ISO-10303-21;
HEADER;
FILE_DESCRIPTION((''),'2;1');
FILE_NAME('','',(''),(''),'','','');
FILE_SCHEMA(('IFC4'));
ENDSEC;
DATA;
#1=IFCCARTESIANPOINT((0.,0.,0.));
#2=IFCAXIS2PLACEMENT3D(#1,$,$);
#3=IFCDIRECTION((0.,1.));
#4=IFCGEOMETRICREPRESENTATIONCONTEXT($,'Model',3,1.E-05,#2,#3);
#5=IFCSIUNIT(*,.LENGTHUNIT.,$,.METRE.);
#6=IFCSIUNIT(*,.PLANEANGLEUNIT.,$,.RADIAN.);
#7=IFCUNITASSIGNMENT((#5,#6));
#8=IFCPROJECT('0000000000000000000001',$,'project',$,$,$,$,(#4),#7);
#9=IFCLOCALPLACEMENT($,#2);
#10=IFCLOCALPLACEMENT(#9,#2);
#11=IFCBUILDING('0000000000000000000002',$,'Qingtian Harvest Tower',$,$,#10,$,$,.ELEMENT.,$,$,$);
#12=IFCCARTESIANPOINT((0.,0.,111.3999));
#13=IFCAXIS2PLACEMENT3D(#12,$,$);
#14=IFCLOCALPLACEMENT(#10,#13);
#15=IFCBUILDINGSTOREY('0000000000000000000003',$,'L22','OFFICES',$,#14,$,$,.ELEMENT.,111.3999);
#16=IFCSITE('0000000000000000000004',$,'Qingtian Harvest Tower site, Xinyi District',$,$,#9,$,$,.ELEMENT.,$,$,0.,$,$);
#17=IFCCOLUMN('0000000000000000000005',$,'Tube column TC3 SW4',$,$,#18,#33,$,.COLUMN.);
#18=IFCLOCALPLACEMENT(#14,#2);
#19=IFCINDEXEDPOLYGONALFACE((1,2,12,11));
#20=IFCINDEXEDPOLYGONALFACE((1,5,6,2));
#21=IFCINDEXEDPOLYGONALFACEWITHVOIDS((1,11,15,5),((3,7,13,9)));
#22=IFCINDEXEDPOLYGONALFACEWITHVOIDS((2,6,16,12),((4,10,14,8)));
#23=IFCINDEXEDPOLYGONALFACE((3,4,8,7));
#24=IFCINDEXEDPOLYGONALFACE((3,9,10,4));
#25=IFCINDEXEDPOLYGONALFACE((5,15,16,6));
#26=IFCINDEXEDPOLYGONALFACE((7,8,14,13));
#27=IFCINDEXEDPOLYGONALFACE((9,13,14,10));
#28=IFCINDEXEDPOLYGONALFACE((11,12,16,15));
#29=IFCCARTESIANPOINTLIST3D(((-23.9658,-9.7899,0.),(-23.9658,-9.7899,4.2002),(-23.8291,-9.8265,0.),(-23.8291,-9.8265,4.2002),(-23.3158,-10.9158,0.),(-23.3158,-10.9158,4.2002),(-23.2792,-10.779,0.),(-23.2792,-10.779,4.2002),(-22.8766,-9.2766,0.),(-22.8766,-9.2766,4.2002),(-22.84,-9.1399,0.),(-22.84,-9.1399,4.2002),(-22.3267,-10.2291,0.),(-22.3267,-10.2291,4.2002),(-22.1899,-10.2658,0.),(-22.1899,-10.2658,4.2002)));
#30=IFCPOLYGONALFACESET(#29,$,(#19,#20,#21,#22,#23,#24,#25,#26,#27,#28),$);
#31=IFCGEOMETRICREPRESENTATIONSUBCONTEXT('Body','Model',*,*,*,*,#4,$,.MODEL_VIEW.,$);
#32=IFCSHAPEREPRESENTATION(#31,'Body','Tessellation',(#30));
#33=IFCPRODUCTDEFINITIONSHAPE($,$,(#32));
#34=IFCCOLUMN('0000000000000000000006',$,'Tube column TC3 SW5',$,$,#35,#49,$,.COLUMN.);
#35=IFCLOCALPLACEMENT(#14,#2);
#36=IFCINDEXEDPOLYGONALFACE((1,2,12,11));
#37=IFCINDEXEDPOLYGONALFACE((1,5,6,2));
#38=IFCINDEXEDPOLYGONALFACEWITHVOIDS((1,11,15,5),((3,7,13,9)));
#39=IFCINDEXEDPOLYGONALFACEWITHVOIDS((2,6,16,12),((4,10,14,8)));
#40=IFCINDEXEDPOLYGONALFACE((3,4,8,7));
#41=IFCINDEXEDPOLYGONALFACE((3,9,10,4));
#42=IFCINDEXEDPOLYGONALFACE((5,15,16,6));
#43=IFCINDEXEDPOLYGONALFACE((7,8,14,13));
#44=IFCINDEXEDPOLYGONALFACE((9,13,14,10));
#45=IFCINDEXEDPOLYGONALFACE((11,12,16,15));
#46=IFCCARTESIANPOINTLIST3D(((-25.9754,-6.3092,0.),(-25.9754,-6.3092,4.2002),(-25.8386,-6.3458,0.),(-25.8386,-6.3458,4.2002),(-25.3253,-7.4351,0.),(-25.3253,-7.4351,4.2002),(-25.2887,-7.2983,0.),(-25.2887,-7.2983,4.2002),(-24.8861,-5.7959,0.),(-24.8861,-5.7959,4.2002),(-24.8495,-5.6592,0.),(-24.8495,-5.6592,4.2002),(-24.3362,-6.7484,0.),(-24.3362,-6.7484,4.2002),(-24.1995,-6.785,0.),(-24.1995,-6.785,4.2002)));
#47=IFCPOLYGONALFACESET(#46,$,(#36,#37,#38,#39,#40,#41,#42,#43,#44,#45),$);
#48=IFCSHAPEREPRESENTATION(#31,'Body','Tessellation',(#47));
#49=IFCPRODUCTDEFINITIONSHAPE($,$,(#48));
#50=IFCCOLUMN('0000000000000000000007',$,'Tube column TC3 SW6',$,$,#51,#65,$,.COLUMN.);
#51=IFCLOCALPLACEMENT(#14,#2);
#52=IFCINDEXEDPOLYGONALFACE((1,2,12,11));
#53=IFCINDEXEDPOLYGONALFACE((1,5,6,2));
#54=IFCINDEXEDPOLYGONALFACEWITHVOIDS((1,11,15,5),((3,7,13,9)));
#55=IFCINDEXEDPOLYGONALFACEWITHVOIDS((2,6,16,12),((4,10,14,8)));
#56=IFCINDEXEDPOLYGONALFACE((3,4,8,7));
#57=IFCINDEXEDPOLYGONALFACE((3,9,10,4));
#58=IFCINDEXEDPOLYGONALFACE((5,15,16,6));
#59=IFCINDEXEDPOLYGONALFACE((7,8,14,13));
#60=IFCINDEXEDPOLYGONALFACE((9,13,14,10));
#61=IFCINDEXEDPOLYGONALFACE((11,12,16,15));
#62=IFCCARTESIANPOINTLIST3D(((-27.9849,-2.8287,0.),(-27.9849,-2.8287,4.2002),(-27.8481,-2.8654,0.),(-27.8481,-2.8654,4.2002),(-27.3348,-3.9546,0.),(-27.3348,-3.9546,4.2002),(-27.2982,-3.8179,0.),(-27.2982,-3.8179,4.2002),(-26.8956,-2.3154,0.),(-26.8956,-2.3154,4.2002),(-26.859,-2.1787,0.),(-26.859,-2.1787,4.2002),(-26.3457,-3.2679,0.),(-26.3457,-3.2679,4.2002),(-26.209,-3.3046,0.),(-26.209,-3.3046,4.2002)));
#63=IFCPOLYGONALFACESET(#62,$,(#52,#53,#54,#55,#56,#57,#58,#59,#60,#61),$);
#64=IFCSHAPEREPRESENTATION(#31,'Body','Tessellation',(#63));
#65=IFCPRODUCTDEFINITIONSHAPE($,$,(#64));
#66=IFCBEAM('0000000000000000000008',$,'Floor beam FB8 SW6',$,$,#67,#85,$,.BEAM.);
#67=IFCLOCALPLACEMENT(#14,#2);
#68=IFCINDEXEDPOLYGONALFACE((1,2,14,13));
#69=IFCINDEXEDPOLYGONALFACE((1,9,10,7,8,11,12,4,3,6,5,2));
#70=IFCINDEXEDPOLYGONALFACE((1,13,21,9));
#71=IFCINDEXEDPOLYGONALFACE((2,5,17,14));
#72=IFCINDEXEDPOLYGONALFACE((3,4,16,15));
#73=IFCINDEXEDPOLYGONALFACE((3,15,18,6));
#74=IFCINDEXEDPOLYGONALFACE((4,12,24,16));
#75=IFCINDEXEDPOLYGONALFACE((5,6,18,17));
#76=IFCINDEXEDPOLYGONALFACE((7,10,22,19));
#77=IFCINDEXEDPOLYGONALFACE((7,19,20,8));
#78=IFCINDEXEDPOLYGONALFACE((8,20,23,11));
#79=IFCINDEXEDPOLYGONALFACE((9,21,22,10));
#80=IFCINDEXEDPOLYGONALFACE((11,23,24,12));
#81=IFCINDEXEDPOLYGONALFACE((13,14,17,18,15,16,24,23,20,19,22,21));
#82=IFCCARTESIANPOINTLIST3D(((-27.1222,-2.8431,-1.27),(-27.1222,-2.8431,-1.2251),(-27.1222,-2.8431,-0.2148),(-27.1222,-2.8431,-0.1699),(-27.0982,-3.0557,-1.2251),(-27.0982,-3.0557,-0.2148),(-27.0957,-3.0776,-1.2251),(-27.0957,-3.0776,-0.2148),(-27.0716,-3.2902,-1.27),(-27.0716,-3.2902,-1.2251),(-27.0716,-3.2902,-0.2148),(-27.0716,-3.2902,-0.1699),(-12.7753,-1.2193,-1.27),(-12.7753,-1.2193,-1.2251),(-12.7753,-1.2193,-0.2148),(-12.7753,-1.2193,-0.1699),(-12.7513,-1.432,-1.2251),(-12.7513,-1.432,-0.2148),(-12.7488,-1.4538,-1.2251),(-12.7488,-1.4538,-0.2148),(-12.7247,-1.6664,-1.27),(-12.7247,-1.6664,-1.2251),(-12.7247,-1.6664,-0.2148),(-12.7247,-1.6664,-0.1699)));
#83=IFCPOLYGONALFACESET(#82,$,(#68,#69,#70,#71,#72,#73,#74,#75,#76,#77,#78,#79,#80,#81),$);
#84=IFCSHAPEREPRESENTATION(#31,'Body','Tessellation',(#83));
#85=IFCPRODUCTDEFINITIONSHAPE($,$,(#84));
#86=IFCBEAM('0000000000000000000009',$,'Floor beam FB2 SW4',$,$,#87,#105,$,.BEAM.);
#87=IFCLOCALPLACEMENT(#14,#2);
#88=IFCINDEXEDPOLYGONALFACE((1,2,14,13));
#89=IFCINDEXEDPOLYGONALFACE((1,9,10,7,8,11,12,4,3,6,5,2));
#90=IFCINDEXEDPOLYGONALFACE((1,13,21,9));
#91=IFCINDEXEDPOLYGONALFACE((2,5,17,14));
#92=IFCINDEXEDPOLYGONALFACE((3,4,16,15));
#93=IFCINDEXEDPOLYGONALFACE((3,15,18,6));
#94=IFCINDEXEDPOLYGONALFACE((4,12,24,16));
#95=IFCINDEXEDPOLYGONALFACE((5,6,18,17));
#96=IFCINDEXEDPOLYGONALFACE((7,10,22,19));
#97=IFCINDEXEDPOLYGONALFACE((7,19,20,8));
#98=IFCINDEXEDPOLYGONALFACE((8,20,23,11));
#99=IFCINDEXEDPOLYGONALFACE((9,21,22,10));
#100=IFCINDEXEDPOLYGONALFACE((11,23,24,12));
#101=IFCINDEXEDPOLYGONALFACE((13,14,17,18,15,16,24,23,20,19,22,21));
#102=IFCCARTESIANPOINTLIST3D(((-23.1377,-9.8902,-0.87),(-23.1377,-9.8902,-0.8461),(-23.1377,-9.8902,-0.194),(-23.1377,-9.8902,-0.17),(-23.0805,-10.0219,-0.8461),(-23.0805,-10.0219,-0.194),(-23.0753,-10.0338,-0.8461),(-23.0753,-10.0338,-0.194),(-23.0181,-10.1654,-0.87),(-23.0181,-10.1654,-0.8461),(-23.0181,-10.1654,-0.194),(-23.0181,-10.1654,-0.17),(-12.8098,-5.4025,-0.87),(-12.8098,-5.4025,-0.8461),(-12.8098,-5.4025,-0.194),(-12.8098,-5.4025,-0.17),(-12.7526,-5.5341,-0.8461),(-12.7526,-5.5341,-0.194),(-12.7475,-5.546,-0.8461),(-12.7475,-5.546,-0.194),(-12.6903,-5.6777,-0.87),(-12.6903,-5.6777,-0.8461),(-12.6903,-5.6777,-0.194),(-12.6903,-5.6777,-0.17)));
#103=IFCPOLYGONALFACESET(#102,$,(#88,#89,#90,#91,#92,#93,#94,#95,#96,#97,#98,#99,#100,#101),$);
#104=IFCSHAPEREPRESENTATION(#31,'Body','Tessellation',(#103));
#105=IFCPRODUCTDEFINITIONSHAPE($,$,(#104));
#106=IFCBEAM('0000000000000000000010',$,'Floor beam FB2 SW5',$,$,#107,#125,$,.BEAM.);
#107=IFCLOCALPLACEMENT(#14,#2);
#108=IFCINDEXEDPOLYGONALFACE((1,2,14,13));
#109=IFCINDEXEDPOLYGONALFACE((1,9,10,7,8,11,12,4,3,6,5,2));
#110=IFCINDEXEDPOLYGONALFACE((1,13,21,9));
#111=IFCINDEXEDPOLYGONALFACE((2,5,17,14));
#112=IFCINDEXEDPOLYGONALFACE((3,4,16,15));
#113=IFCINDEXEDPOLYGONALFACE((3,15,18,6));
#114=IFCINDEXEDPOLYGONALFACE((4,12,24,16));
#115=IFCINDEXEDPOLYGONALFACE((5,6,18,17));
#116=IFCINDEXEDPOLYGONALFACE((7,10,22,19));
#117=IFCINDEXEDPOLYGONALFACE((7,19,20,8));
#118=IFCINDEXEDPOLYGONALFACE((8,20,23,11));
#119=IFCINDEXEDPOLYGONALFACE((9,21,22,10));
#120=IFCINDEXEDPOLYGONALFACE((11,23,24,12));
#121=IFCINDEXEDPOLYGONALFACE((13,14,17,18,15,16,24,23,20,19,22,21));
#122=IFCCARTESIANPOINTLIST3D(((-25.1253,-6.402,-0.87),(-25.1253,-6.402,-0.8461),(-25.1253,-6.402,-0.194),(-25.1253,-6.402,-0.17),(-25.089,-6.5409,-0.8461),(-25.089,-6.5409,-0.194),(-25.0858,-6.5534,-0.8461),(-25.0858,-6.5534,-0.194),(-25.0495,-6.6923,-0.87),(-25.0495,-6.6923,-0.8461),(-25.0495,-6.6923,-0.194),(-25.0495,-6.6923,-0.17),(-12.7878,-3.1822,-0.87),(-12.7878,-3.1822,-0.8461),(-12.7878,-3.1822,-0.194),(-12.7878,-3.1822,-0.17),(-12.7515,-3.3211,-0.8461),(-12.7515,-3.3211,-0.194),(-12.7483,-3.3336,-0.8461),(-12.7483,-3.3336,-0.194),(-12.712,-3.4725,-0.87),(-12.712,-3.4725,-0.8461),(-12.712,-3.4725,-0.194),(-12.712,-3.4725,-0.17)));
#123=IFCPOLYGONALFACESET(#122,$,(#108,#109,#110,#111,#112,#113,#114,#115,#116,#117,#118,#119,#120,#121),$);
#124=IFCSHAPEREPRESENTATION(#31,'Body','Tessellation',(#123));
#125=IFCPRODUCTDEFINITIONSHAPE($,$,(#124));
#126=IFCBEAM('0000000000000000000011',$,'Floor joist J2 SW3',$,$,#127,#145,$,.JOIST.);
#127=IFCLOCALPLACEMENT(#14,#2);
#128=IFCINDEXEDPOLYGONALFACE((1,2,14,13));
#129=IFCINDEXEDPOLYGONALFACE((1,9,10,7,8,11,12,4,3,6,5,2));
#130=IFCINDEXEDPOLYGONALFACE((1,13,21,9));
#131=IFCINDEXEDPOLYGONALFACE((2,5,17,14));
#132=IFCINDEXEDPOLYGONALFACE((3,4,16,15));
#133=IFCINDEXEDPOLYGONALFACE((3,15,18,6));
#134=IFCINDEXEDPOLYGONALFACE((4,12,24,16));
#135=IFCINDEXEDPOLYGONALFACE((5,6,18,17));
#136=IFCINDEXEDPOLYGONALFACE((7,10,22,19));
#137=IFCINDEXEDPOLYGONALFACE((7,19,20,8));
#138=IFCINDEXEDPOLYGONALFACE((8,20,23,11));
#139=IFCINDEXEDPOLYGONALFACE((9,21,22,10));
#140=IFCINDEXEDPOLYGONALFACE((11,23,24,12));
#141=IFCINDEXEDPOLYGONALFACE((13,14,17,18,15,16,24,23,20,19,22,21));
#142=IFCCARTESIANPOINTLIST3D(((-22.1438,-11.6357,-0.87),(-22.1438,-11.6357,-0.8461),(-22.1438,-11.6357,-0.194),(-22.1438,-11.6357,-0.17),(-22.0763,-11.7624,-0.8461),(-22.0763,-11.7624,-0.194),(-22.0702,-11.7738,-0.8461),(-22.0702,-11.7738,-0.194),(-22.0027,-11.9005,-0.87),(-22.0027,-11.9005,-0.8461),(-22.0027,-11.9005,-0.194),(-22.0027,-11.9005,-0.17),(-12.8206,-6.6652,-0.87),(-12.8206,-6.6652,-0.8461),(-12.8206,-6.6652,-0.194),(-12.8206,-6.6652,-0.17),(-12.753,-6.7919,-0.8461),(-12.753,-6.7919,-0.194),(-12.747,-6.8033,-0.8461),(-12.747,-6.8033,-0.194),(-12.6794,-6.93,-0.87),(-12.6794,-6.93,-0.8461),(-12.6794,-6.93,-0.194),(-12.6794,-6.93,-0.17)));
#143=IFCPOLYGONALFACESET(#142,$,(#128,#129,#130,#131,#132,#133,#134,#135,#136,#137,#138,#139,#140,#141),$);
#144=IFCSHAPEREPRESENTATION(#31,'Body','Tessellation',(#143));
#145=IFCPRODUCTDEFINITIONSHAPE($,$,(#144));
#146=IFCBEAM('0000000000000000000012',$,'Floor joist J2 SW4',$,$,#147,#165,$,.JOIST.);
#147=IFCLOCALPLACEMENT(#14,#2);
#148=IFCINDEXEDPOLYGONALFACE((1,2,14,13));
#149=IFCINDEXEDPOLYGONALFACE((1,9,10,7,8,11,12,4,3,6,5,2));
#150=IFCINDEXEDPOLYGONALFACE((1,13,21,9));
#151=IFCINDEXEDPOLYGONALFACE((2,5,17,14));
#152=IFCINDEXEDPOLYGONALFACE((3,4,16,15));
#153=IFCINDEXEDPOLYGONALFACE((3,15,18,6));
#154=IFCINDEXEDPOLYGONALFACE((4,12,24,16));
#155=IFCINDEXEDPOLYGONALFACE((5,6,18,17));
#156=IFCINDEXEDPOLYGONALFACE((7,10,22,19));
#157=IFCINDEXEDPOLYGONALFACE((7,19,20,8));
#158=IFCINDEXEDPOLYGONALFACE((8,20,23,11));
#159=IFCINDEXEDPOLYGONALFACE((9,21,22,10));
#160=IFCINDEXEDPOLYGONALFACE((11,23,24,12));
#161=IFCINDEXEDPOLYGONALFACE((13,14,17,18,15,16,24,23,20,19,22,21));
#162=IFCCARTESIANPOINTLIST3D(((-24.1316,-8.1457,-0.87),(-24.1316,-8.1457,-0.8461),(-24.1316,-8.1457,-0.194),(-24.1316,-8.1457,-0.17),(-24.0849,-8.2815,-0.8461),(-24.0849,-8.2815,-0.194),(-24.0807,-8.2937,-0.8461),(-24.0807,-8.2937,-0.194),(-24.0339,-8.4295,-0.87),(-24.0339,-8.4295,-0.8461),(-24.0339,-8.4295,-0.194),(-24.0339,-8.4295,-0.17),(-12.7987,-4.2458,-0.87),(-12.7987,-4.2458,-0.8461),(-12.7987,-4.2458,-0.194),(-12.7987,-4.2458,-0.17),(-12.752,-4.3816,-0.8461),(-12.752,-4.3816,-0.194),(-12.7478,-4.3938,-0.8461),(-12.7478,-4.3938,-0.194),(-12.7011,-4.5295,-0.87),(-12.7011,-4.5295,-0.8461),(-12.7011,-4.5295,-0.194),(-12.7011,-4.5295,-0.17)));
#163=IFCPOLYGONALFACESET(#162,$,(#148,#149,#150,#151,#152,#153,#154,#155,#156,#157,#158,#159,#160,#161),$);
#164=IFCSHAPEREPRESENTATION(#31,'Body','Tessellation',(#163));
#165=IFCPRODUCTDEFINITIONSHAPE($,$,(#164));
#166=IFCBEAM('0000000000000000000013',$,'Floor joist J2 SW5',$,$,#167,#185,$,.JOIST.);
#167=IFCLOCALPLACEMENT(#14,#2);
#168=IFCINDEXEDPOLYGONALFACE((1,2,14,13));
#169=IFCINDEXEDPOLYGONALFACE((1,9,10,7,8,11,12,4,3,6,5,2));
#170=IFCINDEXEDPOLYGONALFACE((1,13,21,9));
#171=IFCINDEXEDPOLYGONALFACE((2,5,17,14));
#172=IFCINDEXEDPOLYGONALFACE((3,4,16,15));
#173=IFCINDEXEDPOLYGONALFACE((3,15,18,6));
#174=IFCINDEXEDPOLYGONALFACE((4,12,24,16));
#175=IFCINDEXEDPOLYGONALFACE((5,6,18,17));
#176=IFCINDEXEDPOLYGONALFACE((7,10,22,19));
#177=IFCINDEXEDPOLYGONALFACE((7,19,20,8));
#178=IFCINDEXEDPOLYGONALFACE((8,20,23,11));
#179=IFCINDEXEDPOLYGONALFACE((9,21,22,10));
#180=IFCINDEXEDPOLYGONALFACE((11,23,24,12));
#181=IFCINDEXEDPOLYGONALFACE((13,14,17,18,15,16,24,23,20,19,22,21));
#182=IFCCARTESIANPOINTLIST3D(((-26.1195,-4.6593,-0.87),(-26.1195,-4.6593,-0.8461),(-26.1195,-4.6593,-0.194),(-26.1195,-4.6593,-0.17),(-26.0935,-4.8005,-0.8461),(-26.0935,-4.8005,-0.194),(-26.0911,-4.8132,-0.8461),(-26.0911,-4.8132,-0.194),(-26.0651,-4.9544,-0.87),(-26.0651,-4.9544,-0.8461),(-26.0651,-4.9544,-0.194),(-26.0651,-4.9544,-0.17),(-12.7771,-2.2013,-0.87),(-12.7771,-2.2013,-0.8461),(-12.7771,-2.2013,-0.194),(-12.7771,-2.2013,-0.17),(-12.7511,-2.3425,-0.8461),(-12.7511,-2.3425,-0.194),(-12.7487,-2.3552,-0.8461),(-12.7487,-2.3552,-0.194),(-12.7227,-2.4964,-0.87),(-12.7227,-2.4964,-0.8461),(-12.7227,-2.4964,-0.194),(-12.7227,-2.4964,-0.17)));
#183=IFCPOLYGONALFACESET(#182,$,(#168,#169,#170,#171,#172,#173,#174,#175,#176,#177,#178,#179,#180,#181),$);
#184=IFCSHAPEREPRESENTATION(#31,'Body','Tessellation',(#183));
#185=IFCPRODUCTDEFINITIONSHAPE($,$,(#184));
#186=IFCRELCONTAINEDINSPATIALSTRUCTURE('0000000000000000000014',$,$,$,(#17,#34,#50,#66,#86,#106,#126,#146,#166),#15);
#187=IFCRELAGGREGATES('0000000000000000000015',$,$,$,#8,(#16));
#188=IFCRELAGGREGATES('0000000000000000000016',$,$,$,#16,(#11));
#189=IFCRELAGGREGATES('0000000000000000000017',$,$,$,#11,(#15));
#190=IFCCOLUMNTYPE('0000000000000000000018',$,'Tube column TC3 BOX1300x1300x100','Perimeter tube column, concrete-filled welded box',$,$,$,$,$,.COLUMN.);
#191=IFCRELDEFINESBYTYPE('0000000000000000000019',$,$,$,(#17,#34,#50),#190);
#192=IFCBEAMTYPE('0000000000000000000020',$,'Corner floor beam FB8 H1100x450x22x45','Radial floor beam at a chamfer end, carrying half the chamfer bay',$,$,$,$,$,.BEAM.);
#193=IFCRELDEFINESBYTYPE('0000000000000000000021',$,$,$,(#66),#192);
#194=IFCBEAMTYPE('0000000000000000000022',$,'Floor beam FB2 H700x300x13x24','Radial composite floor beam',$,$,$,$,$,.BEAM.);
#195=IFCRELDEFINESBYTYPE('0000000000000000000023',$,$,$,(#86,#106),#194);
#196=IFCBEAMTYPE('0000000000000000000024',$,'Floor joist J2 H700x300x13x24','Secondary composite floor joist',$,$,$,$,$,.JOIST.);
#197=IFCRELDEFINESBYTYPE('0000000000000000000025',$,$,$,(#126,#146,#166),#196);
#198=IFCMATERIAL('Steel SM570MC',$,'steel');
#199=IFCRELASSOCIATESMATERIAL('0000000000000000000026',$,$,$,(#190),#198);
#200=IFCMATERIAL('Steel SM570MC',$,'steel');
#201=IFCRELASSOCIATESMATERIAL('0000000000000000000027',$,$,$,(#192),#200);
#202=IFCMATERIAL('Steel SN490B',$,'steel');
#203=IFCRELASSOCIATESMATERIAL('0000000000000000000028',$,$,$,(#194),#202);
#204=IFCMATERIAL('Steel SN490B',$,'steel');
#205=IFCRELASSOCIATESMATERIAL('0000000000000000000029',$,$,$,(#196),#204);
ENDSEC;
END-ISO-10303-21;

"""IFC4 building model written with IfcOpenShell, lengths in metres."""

from ifc_helpers import new_model, si_unit, direction, frame, origin, origin_2d, place, context, subcontext, project, spatial, hollow_rectangle, i_section, extrude, material, material_profile, profile_set, type_object, element, save


model = new_model("IFC4")

# Units and contexts
model_context = context("Model", 3, precision=1e-05, world=origin(), true_north=direction((0.0, 1.0)))
body_context = subcontext(model_context, "Body", "Model", "MODEL_VIEW")
ifc_project = project(units=[si_unit("LENGTHUNIT", "METRE"), si_unit("PLANEANGLEUNIT", "RADIAN")], contexts=[model_context])

# Site, building, storey
site_placement = place(None, origin())
site = spatial("IfcSite", under=ifc_project, at=site_placement, Name="Qingtian Harvest Tower site, Xinyi District", CompositionType="ELEMENT", RefElevation=0.0)
building_placement = place(site_placement, origin())
building = spatial("IfcBuilding", under=site, at=building_placement, Name="Qingtian Harvest Tower", CompositionType="ELEMENT")
storey_placement = place(building_placement, frame((0.0, 0.0, 111.3999)))
storey = spatial("IfcBuildingStorey", under=building, at=storey_placement, Name="L22", Description="OFFICES", CompositionType="ELEMENT", Elevation=111.3999)

# Columns
ifc_material_1 = material(Name="Steel SM570MC", Category="steel")
ifc_material_profile_1 = material_profile(ifc_material_1, hollow_rectangle(XDim=1.3, YDim=1.3, WallThickness=0.1001, at=origin_2d()), Name="BOX1300x1300x100")
ifc_profile_set_1 = profile_set([ifc_material_profile_1], Name="Steel SM570MC")
column_type = type_object("IfcColumnType", Name="Tube column TC3 BOX1300x1300x100", Description="Perimeter tube column, concrete-filled welded box", PredefinedType="COLUMN", material=ifc_profile_set_1)
for number, where, z_axis, x_axis, name in (
    (1, (-23.0779, -10.0278, 0.0), (0.0, 0.0, 1.0), (0.5, -0.866025, 0.0), "Tube column TC3 SW4"),
    (2, (-25.0874, -6.5471, 0.0), (0.0, 0.0, 1.0), (0.5, -0.866025, 0.0), "Tube column TC3 SW5"),
    (3, (-27.0969, -3.0667, 0.0), (0.0, 0.0, 1.0), (0.5, -0.866025, 0.0), "Tube column TC3 SW6"),
):
    element("IfcColumn", number, at=place(storey_placement, frame(where, z_axis=z_axis, x_axis=x_axis)), inside=storey, type_object=column_type, Name=name, PredefinedType="COLUMN", context=body_context, shape_type="SweptSolid", body=[
        extrude(hollow_rectangle(XDim=1.3, YDim=1.3, WallThickness=0.1001, at=origin_2d()), origin(), (0.0, 0.0, 1.0), 4.2002),
    ])

# Beams
ifc_material_2 = material(Name="Steel SM570MC", Category="steel")
ifc_material_profile_2 = material_profile(ifc_material_2, i_section(OverallWidth=0.45, OverallDepth=1.1001, WebThickness=0.022, FlangeThickness=0.0449, at=origin_2d()), Name="H1100x450x22x45")
ifc_profile_set_2 = profile_set([ifc_material_profile_2], Name="Steel SM570MC")
beam_type_1 = type_object("IfcBeamType", Name="Corner floor beam FB8 H1100x450x22x45", Description="Radial floor beam at a chamfer end, carrying half the chamfer bay", PredefinedType="BEAM", material=ifc_profile_set_2)
beam_1_placement = place(storey_placement, frame((-27.0969, -3.0667, -0.72), z_axis=(0.993656, 0.112462, 0.0), x_axis=(-0.112462, 0.993656, 0.0)))
element("IfcBeam", 4, at=beam_1_placement, inside=storey, type_object=beam_type_1, Name="Floor beam FB8 SW6", PredefinedType="BEAM", context=body_context, shape_type="SweptSolid", body=[
    extrude(i_section(OverallWidth=0.45, OverallDepth=1.1001, WebThickness=0.022, FlangeThickness=0.0449, at=origin_2d()), origin(), (0.0, 0.0, 1.0), 14.4385),
])
ifc_material_3 = material(Name="Steel SN490B", Category="steel")
ifc_material_profile_3 = material_profile(ifc_material_3, i_section(OverallWidth=0.3, OverallDepth=0.7, WebThickness=0.0129, FlangeThickness=0.0239, at=origin_2d()), Name="H700x300x13x24")
ifc_profile_set_3 = profile_set([ifc_material_profile_3], Name="Steel SN490B")
beam_type_2 = type_object("IfcBeamType", Name="Floor beam FB2 H700x300x13x24", Description="Radial composite floor beam", PredefinedType="BEAM", material=ifc_profile_set_3)
beam_2_placement = place(storey_placement, frame((-23.0779, -10.0278, -0.52), z_axis=(0.917154, 0.398533, 0.0), x_axis=(-0.398533, 0.917154, 0.0)))
element("IfcBeam", 5, at=beam_2_placement, inside=storey, type_object=beam_type_2, Name="Floor beam FB2 SW4", PredefinedType="BEAM", context=body_context, shape_type="SweptSolid", body=[
    extrude(i_section(OverallWidth=0.3, OverallDepth=0.7, WebThickness=0.0129, FlangeThickness=0.0239, at=origin_2d()), origin(), (0.0, 0.0, 1.0), 11.2607),
])
beam_3_placement = place(storey_placement, frame((-25.0874, -6.5471, -0.52), z_axis=(0.967593, 0.252515, 0.0), x_axis=(-0.252515, 0.967593, 0.0)))
element("IfcBeam", 6, at=beam_3_placement, inside=storey, type_object=beam_type_2, Name="Floor beam FB2 SW5", PredefinedType="BEAM", context=body_context, shape_type="SweptSolid", body=[
    extrude(i_section(OverallWidth=0.3, OverallDepth=0.7, WebThickness=0.0129, FlangeThickness=0.0239, at=origin_2d()), origin(), (0.0, 0.0, 1.0), 12.7507),
])
ifc_material_4 = material(Name="Steel SN490B", Category="steel")
ifc_material_profile_4 = material_profile(ifc_material_4, i_section(OverallWidth=0.3, OverallDepth=0.7, WebThickness=0.0129, FlangeThickness=0.0239, at=origin_2d()), Name="H700x300x13x24")
ifc_profile_set_4 = profile_set([ifc_material_profile_4], Name="Steel SN490B")
beam_type_3 = type_object("IfcBeamType", Name="Floor joist J2 H700x300x13x24", Description="Secondary composite floor joist", PredefinedType="JOIST", material=ifc_profile_set_4)
beam_4_placement = place(storey_placement, frame((-22.0732, -11.7681, -0.52), z_axis=(0.882429, 0.470446, 0.0), x_axis=(-0.470446, 0.882429, 0.0)))
element("IfcBeam", 7, at=beam_4_placement, inside=storey, type_object=beam_type_3, Name="Floor joist J2 SW3", PredefinedType="JOIST", context=body_context, shape_type="SweptSolid", body=[
    extrude(i_section(OverallWidth=0.3, OverallDepth=0.7, WebThickness=0.0129, FlangeThickness=0.0239, at=origin_2d()), origin(), (0.0, 0.0, 1.0), 10.5654),
])
beam_5_placement = place(storey_placement, frame((-24.0828, -8.2876, -0.52), z_axis=(0.945577, 0.325398, 0.0), x_axis=(-0.325398, 0.945577, 0.0)))
element("IfcBeam", 8, at=beam_5_placement, inside=storey, type_object=beam_type_3, Name="Floor joist J2 SW4", PredefinedType="JOIST", context=body_context, shape_type="SweptSolid", body=[
    extrude(i_section(OverallWidth=0.3, OverallDepth=0.7, WebThickness=0.0129, FlangeThickness=0.0239, at=origin_2d()), origin(), (0.0, 0.0, 1.0), 11.9851),
])
beam_6_placement = place(storey_placement, frame((-26.0923, -4.8069, -0.52), z_axis=(0.98345, 0.181178, 0.0), x_axis=(-0.181178, 0.98345, 0.0)))
element("IfcBeam", 9, at=beam_6_placement, inside=storey, type_object=beam_type_3, Name="Floor joist J2 SW5", PredefinedType="JOIST", context=body_context, shape_type="SweptSolid", body=[
    extrude(i_section(OverallWidth=0.3, OverallDepth=0.7, WebThickness=0.0129, FlangeThickness=0.0239, at=origin_2d()), origin(), (0.0, 0.0, 1.0), 13.5669),
])

save(model, "model.ifc")
